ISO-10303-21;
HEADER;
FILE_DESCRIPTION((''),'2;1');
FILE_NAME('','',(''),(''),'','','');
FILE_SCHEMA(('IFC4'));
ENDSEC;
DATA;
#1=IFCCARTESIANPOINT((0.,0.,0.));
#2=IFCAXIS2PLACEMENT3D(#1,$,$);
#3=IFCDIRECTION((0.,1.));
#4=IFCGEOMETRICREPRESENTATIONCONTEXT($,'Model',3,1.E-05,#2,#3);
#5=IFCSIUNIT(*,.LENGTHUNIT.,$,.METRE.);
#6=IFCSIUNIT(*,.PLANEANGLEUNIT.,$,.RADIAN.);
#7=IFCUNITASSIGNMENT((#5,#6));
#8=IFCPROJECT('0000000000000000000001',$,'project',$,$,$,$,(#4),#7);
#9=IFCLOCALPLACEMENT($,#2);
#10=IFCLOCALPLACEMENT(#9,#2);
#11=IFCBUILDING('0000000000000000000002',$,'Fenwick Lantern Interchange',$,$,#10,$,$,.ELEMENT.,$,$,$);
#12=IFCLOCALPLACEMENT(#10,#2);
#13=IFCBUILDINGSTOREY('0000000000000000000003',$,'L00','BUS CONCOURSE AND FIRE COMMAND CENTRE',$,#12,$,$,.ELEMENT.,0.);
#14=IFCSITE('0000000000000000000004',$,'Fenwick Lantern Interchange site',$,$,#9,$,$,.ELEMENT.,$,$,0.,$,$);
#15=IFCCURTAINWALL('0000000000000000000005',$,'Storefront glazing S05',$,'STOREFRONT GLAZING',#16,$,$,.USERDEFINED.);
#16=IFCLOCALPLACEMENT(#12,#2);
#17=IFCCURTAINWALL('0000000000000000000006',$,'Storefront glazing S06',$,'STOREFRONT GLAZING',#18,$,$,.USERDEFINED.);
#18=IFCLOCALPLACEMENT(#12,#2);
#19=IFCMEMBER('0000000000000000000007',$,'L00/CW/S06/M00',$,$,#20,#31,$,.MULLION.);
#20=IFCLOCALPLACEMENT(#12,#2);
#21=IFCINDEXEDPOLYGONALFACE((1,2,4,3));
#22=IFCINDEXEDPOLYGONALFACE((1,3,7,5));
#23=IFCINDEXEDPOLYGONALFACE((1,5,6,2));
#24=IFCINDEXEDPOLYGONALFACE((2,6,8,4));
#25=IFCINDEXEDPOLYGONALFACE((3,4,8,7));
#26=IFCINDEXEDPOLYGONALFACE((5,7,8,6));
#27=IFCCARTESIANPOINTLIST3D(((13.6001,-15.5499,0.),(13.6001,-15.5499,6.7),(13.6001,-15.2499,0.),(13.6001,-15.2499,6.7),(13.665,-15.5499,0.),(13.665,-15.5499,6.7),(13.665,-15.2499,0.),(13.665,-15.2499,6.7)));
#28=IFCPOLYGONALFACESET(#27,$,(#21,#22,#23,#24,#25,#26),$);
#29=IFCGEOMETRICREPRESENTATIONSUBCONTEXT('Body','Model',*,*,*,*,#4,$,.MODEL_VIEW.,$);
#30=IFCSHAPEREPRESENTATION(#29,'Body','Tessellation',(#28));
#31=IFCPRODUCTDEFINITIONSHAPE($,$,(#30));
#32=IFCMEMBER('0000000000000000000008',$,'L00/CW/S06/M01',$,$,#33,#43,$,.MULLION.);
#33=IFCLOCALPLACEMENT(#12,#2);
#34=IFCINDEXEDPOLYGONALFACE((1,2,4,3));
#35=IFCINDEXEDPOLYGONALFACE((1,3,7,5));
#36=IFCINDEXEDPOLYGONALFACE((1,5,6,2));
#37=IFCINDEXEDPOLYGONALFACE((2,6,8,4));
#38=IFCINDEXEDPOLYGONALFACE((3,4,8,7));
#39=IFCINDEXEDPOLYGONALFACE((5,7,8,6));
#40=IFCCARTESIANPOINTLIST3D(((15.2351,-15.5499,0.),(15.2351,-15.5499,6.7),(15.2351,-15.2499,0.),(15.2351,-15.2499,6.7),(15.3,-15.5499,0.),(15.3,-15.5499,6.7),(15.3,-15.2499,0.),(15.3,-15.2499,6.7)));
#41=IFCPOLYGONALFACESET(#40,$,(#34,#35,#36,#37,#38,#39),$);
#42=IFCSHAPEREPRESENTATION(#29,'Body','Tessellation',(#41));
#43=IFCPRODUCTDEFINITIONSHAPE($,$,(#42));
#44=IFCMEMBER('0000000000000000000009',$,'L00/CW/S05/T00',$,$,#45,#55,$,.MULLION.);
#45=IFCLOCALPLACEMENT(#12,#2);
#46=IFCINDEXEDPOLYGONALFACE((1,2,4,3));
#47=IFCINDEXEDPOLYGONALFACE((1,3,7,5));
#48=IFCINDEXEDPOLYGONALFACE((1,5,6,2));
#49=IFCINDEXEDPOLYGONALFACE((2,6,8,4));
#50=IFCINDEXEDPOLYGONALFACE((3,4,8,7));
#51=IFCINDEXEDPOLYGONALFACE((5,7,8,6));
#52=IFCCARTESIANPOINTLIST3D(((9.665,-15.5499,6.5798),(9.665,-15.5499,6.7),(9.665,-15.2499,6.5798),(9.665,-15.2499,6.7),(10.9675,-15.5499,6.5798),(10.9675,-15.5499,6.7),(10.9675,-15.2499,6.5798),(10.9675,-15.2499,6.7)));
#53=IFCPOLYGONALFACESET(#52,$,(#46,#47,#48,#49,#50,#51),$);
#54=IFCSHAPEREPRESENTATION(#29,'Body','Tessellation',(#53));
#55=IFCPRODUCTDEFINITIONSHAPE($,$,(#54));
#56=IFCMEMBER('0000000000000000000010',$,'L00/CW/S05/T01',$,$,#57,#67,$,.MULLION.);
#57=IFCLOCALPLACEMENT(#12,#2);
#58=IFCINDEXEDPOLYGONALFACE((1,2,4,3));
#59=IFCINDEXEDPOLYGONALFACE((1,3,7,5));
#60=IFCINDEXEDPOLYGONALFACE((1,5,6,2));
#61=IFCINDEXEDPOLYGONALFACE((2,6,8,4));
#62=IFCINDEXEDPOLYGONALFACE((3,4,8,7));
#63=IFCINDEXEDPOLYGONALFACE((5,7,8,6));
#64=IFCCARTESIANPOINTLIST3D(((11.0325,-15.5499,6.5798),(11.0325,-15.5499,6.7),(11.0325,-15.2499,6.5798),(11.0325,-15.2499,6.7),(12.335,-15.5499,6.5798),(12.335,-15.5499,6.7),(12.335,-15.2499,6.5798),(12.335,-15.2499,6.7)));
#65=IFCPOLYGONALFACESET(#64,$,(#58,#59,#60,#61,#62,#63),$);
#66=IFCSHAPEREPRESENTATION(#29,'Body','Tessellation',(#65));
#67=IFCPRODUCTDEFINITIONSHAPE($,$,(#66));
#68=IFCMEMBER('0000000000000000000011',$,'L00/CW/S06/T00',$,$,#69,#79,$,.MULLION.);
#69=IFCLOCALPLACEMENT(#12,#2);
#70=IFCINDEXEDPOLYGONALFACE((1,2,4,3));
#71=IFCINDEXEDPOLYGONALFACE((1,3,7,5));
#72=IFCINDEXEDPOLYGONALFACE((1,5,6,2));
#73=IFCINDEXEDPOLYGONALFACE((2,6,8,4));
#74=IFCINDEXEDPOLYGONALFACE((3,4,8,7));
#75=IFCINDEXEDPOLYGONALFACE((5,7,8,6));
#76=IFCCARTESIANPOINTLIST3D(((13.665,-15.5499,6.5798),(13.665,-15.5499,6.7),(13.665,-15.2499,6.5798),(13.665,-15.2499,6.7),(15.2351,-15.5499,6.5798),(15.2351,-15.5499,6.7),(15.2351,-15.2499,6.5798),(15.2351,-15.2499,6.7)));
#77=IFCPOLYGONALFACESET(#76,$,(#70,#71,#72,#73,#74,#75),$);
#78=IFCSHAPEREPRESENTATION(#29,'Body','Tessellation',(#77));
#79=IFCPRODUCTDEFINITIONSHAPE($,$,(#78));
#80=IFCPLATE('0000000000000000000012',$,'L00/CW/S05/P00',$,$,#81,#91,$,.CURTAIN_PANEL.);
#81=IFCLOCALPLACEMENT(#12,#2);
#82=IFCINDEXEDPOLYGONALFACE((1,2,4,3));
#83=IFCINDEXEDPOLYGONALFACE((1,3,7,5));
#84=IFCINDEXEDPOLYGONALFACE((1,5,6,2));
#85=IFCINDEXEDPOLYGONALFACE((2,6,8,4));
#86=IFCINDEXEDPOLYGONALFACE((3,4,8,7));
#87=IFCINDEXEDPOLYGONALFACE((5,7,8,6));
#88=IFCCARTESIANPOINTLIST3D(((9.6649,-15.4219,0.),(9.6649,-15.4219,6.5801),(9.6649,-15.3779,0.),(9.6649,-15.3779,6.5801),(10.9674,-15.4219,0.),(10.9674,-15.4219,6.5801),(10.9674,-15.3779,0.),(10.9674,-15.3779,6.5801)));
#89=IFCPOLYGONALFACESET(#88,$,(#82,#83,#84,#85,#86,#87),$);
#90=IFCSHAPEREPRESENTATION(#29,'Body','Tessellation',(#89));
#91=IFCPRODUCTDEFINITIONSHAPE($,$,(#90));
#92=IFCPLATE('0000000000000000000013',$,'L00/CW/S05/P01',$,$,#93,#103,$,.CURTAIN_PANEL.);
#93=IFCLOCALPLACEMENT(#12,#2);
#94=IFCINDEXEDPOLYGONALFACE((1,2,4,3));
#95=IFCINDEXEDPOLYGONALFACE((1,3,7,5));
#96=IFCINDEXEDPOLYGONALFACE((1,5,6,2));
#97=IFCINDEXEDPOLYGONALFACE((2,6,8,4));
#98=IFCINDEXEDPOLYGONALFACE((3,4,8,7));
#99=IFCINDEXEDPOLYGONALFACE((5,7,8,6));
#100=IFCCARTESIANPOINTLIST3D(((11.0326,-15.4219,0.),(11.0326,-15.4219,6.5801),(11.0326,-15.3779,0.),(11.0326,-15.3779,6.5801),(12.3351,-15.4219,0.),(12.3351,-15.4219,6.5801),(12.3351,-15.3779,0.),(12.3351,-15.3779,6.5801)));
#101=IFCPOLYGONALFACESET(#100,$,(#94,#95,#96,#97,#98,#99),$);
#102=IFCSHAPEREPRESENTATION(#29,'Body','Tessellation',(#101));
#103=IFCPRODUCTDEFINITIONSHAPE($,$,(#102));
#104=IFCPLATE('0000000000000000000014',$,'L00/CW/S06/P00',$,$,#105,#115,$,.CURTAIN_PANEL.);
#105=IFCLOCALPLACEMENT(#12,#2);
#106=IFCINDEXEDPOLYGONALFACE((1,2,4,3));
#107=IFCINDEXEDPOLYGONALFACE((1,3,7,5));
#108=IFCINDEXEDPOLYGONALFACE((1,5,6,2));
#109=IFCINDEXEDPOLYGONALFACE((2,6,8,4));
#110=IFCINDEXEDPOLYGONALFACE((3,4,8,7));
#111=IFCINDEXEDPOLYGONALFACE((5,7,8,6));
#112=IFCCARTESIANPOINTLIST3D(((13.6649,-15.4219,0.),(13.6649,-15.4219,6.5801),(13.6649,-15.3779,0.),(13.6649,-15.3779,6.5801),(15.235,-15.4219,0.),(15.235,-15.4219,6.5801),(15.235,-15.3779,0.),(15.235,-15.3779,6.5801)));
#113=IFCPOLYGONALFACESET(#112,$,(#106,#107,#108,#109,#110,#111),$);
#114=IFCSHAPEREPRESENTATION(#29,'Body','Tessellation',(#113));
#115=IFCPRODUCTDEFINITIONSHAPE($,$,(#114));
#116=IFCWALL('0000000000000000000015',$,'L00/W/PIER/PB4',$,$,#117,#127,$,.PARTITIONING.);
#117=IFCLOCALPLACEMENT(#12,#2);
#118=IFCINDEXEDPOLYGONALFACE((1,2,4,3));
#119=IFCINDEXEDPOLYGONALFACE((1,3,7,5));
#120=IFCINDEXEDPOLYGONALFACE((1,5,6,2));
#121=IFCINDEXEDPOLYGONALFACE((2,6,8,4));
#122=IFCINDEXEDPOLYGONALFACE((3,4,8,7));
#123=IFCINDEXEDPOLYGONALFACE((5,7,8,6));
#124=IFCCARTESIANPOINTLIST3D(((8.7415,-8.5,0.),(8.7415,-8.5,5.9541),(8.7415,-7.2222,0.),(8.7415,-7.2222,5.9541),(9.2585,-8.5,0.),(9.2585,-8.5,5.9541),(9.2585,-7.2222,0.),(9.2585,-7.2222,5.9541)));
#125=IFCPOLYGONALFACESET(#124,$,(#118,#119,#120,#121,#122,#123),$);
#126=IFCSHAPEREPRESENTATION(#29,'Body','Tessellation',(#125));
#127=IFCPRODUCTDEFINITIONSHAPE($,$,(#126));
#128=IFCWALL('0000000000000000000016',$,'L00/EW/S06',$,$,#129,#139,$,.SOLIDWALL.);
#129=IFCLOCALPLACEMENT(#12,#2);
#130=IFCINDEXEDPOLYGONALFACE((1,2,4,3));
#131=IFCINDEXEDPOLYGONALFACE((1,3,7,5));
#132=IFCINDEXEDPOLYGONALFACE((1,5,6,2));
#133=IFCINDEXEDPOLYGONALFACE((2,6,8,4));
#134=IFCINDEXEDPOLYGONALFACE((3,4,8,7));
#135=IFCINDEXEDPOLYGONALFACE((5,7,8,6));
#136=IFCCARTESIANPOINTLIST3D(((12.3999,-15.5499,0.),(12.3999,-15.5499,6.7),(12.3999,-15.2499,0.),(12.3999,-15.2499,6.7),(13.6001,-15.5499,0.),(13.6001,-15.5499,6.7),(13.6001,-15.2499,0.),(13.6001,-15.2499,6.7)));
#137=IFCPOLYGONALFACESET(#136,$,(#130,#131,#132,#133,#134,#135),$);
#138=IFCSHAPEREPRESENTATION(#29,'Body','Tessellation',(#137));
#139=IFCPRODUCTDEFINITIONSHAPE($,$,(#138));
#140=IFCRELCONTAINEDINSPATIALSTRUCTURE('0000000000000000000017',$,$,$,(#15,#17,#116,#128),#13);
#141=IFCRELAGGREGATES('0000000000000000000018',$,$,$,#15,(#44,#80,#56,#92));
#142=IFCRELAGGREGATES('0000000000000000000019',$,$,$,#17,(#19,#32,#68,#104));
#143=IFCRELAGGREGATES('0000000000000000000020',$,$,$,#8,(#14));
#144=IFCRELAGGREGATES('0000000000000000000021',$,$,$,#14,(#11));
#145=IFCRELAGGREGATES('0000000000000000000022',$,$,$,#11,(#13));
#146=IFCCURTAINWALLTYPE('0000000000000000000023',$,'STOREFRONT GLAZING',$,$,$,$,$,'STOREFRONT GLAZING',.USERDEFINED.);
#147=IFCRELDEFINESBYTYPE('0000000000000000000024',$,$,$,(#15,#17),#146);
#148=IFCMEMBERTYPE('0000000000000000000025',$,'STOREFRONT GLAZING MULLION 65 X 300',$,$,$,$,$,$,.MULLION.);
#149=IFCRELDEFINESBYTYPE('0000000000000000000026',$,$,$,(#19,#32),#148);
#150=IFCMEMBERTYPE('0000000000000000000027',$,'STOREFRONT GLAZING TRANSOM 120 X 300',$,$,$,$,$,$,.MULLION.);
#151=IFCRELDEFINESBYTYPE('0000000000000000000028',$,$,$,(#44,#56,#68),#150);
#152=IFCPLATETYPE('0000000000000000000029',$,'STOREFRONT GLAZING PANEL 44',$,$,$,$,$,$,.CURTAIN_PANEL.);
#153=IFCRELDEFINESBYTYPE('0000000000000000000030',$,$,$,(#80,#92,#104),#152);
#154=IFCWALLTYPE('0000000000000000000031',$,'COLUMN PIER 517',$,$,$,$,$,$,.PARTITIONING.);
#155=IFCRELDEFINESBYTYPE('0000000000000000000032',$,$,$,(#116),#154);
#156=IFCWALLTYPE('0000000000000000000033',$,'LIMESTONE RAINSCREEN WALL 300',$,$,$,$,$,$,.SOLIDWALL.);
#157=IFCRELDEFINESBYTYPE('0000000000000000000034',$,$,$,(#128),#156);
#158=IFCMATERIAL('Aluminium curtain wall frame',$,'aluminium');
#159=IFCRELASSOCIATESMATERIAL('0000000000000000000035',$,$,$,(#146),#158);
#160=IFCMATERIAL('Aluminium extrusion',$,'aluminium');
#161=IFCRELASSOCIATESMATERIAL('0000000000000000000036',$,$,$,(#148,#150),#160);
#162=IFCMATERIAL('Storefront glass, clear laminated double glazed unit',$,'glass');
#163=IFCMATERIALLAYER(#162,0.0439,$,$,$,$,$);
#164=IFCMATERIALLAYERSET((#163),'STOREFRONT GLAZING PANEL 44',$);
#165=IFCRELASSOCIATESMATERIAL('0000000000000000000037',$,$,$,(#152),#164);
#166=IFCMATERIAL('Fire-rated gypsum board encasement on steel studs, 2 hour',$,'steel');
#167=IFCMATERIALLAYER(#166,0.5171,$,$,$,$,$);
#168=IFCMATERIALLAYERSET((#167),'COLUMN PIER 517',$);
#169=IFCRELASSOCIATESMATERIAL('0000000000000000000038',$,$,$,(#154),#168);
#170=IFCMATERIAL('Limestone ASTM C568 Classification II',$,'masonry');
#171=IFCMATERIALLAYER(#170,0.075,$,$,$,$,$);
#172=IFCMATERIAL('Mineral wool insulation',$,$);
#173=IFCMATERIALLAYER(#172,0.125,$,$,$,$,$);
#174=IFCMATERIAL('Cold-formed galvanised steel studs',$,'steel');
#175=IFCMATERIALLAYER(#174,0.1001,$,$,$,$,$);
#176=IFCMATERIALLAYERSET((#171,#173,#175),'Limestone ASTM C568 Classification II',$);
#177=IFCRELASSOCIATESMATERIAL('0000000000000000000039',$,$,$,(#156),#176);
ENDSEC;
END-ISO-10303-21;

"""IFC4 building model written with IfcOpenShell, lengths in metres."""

from ifc_helpers import new_model, si_unit, direction, frame, frame_2d, origin, origin_2d, place, context, subcontext, project, spatial, rectangle, extrude, material, layer, layer_set, material_profile, profile_set, type_object, element, aggregate, save


model = new_model("IFC4")

# Units and contexts
model_context = context("Model", 3, precision=1e-05, world=origin(), true_north=direction((0.0, 1.0)))
body_context = subcontext(model_context, "Body", "Model", "MODEL_VIEW")
ifc_project = project(units=[si_unit("LENGTHUNIT", "METRE"), si_unit("PLANEANGLEUNIT", "RADIAN")], contexts=[model_context])

# Site, building, storey
site_placement = place(None, origin())
site = spatial("IfcSite", under=ifc_project, at=site_placement, Name="Fenwick Lantern Interchange site", CompositionType="ELEMENT", RefElevation=0.0)
building_placement = place(site_placement, origin())
building = spatial("IfcBuilding", under=site, at=building_placement, Name="Fenwick Lantern Interchange", CompositionType="ELEMENT")
storey_placement = place(building_placement, origin())
storey = spatial("IfcBuildingStorey", under=building, at=storey_placement, Name="L00", Description="BUS CONCOURSE AND FIRE COMMAND CENTRE", CompositionType="ELEMENT", Elevation=0.0)

# Curtain walls, members
ifc_material_1 = material(Name="Aluminium curtain wall frame", Category="aluminium")
curtain_wall_type = type_object("IfcCurtainWallType", Name="STOREFRONT GLAZING", ElementType="STOREFRONT GLAZING", PredefinedType="USERDEFINED", material=ifc_material_1)
curtain_wall_1_placement = place(storey_placement, origin())
curtain_wall_1 = element("IfcCurtainWall", 1, at=curtain_wall_1_placement, inside=storey, type_object=curtain_wall_type, Name="Storefront glazing S05", ObjectType="STOREFRONT GLAZING", PredefinedType="USERDEFINED")
ifc_material_2 = material(Name="Aluminium extrusion", Category="aluminium")
ifc_material_profile_1 = material_profile(ifc_material_2, rectangle(XDim=0.3, YDim=0.0649, at=origin_2d()), Name="STOREFRONT GLAZING MULLION 65 X 300")
ifc_profile_set_1 = profile_set([ifc_material_profile_1], Name="Aluminium extrusion")
member_type_1 = type_object("IfcMemberType", Name="STOREFRONT GLAZING MULLION 65 X 300", PredefinedType="MULLION", material=ifc_profile_set_1)
curtain_wall_2_placement = place(storey_placement, origin())
curtain_wall_2 = element("IfcCurtainWall", 2, at=curtain_wall_2_placement, inside=storey, type_object=curtain_wall_type, Name="Storefront glazing S06", ObjectType="STOREFRONT GLAZING", PredefinedType="USERDEFINED")
member_1_placement = place(storey_placement, frame((13.6326, -15.3999, 0.0), z_axis=(0.0, 0.0, 1.0), x_axis=(0.0, 1.0, 0.0)))
member_1 = element("IfcMember", 3, at=member_1_placement, type_object=member_type_1, Name="L00/CW/S06/M00", PredefinedType="MULLION", context=body_context, shape_type="SweptSolid", body=[
    extrude(rectangle(XDim=0.3, YDim=0.0649, at=origin_2d()), origin(), (0.0, 0.0, 1.0), 6.7),
])
member_2_placement = place(storey_placement, frame((15.2676, -15.3999, 0.0), z_axis=(0.0, 0.0, 1.0), x_axis=(0.0, 1.0, 0.0)))
member_2 = element("IfcMember", 4, at=member_2_placement, type_object=member_type_1, Name="L00/CW/S06/M01", PredefinedType="MULLION", context=body_context, shape_type="SweptSolid", body=[
    extrude(rectangle(XDim=0.3, YDim=0.0649, at=origin_2d()), origin(), (0.0, 0.0, 1.0), 6.7),
])

# Members
ifc_material_profile_2 = material_profile(ifc_material_2, rectangle(XDim=0.3, YDim=0.1201, at=origin_2d()), Name="STOREFRONT GLAZING TRANSOM 120 X 300")
ifc_profile_set_2 = profile_set([ifc_material_profile_2], Name="Aluminium extrusion")
member_type_2 = type_object("IfcMemberType", Name="STOREFRONT GLAZING TRANSOM 120 X 300", PredefinedType="MULLION", material=ifc_profile_set_2)
member_3_placement = place(storey_placement, frame((9.665, -15.3999, 6.6399), z_axis=(1.0, 0.0, 0.0), x_axis=(0.0, 1.0, 0.0)))
member_3 = element("IfcMember", 5, at=member_3_placement, type_object=member_type_2, Name="L00/CW/S05/T00", PredefinedType="MULLION", context=body_context, shape_type="SweptSolid", body=[
    extrude(rectangle(XDim=0.3, YDim=0.1201, at=origin_2d()), origin(), (0.0, 0.0, 1.0), 1.3025),
])
member_4_placement = place(storey_placement, frame((11.0325, -15.3999, 6.6399), z_axis=(1.0, 0.0, 0.0), x_axis=(0.0, 1.0, 0.0)))
member_4 = element("IfcMember", 6, at=member_4_placement, type_object=member_type_2, Name="L00/CW/S05/T01", PredefinedType="MULLION", context=body_context, shape_type="SweptSolid", body=[
    extrude(rectangle(XDim=0.3, YDim=0.1201, at=origin_2d()), origin(), (0.0, 0.0, 1.0), 1.3025),
])
member_5_placement = place(storey_placement, frame((13.665, -15.3999, 6.6399), z_axis=(1.0, 0.0, 0.0), x_axis=(0.0, 1.0, 0.0)))
member_5 = element("IfcMember", 7, at=member_5_placement, type_object=member_type_2, Name="L00/CW/S06/T00", PredefinedType="MULLION", context=body_context, shape_type="SweptSolid", body=[
    extrude(rectangle(XDim=0.3, YDim=0.1201, at=origin_2d()), origin(), (0.0, 0.0, 1.0), 1.5701),
])

# Plates
ifc_material_3 = material(Name="Storefront glass, clear laminated double glazed unit", Category="glass")
ifc_layer_1 = layer(ifc_material_3, 0.0439)
ifc_layer_set_1 = layer_set([ifc_layer_1], Name="STOREFRONT GLAZING PANEL 44")
plate_type = type_object("IfcPlateType", Name="STOREFRONT GLAZING PANEL 44", PredefinedType="CURTAIN_PANEL", material=ifc_layer_set_1)
plate_1_placement = place(storey_placement, frame((10.3162, -15.3999, 0.0), z_axis=(0.0, 0.0, 1.0), x_axis=(1.0, 0.0, 0.0)))
plate_1 = element("IfcPlate", 8, at=plate_1_placement, type_object=plate_type, Name="L00/CW/S05/P00", PredefinedType="CURTAIN_PANEL", context=body_context, shape_type="SweptSolid", body=[
    extrude(rectangle(XDim=1.3025, YDim=0.0439, at=origin_2d()), origin(), (0.0, 0.0, 1.0), 6.5801),
])
plate_2_placement = place(storey_placement, frame((11.6838, -15.3999, 0.0), z_axis=(0.0, 0.0, 1.0), x_axis=(1.0, 0.0, 0.0)))
plate_2 = element("IfcPlate", 9, at=plate_2_placement, type_object=plate_type, Name="L00/CW/S05/P01", PredefinedType="CURTAIN_PANEL", context=body_context, shape_type="SweptSolid", body=[
    extrude(rectangle(XDim=1.3025, YDim=0.0439, at=origin_2d()), origin(), (0.0, 0.0, 1.0), 6.5801),
])
aggregate(curtain_wall_1, [member_3, plate_1, member_4, plate_2])
plate_3_placement = place(storey_placement, frame((14.45, -15.3999, 0.0), z_axis=(0.0, 0.0, 1.0), x_axis=(1.0, 0.0, 0.0)))
plate_3 = element("IfcPlate", 10, at=plate_3_placement, type_object=plate_type, Name="L00/CW/S06/P00", PredefinedType="CURTAIN_PANEL", context=body_context, shape_type="SweptSolid", body=[
    extrude(rectangle(XDim=1.5701, YDim=0.0439, at=origin_2d()), origin(), (0.0, 0.0, 1.0), 6.5801),
])
aggregate(curtain_wall_2, [member_1, member_2, member_5, plate_3])

# Walls
ifc_material_4 = material(Name="Fire-rated gypsum board encasement on steel studs, 2 hour", Category="steel")
ifc_layer_2 = layer(ifc_material_4, 0.5171)
ifc_layer_set_2 = layer_set([ifc_layer_2], Name="COLUMN PIER 517")
wall_type_1 = type_object("IfcWallType", Name="COLUMN PIER 517", PredefinedType="PARTITIONING", material=ifc_layer_set_2)
wall_1_placement = place(storey_placement, frame((9.0, -8.5, 0.0), z_axis=(0.0, 0.0, 1.0), x_axis=(0.0, 1.0, 0.0)))
element("IfcWall", 11, at=wall_1_placement, inside=storey, type_object=wall_type_1, Name="L00/W/PIER/PB4", PredefinedType="PARTITIONING", context=body_context, shape_type="SweptSolid", body=[
    extrude(rectangle(XDim=1.2778, YDim=0.5171, at=frame_2d((0.6389, 0.0))), origin(), (0.0, 0.0, 1.0), 5.9541),
])
ifc_material_5 = material(Name="Limestone ASTM C568 Classification II", Category="masonry")
ifc_layer_3 = layer(ifc_material_5, 0.075)
ifc_material_6 = material(Name="Mineral wool insulation")
ifc_layer_4 = layer(ifc_material_6, 0.125)
ifc_material_7 = material(Name="Cold-formed galvanised steel studs", Category="steel")
ifc_layer_5 = layer(ifc_material_7, 0.1001)
ifc_layer_set_3 = layer_set([ifc_layer_3, ifc_layer_4, ifc_layer_5], Name="Limestone ASTM C568 Classification II")
wall_type_2 = type_object("IfcWallType", Name="LIMESTONE RAINSCREEN WALL 300", PredefinedType="SOLIDWALL", material=ifc_layer_set_3)
wall_2_placement = place(storey_placement, frame((12.3999, -15.3999, 0.0), z_axis=(0.0, 0.0, 1.0), x_axis=(1.0, 0.0, 0.0)))
element("IfcWall", 12, at=wall_2_placement, inside=storey, type_object=wall_type_2, Name="L00/EW/S06", PredefinedType="SOLIDWALL", context=body_context, shape_type="SweptSolid", body=[
    extrude(rectangle(XDim=1.2002, YDim=0.3, at=frame_2d((0.6001, 0.0))), origin(), (0.0, 0.0, 1.0), 6.7),
])

save(model, "model.ifc")
